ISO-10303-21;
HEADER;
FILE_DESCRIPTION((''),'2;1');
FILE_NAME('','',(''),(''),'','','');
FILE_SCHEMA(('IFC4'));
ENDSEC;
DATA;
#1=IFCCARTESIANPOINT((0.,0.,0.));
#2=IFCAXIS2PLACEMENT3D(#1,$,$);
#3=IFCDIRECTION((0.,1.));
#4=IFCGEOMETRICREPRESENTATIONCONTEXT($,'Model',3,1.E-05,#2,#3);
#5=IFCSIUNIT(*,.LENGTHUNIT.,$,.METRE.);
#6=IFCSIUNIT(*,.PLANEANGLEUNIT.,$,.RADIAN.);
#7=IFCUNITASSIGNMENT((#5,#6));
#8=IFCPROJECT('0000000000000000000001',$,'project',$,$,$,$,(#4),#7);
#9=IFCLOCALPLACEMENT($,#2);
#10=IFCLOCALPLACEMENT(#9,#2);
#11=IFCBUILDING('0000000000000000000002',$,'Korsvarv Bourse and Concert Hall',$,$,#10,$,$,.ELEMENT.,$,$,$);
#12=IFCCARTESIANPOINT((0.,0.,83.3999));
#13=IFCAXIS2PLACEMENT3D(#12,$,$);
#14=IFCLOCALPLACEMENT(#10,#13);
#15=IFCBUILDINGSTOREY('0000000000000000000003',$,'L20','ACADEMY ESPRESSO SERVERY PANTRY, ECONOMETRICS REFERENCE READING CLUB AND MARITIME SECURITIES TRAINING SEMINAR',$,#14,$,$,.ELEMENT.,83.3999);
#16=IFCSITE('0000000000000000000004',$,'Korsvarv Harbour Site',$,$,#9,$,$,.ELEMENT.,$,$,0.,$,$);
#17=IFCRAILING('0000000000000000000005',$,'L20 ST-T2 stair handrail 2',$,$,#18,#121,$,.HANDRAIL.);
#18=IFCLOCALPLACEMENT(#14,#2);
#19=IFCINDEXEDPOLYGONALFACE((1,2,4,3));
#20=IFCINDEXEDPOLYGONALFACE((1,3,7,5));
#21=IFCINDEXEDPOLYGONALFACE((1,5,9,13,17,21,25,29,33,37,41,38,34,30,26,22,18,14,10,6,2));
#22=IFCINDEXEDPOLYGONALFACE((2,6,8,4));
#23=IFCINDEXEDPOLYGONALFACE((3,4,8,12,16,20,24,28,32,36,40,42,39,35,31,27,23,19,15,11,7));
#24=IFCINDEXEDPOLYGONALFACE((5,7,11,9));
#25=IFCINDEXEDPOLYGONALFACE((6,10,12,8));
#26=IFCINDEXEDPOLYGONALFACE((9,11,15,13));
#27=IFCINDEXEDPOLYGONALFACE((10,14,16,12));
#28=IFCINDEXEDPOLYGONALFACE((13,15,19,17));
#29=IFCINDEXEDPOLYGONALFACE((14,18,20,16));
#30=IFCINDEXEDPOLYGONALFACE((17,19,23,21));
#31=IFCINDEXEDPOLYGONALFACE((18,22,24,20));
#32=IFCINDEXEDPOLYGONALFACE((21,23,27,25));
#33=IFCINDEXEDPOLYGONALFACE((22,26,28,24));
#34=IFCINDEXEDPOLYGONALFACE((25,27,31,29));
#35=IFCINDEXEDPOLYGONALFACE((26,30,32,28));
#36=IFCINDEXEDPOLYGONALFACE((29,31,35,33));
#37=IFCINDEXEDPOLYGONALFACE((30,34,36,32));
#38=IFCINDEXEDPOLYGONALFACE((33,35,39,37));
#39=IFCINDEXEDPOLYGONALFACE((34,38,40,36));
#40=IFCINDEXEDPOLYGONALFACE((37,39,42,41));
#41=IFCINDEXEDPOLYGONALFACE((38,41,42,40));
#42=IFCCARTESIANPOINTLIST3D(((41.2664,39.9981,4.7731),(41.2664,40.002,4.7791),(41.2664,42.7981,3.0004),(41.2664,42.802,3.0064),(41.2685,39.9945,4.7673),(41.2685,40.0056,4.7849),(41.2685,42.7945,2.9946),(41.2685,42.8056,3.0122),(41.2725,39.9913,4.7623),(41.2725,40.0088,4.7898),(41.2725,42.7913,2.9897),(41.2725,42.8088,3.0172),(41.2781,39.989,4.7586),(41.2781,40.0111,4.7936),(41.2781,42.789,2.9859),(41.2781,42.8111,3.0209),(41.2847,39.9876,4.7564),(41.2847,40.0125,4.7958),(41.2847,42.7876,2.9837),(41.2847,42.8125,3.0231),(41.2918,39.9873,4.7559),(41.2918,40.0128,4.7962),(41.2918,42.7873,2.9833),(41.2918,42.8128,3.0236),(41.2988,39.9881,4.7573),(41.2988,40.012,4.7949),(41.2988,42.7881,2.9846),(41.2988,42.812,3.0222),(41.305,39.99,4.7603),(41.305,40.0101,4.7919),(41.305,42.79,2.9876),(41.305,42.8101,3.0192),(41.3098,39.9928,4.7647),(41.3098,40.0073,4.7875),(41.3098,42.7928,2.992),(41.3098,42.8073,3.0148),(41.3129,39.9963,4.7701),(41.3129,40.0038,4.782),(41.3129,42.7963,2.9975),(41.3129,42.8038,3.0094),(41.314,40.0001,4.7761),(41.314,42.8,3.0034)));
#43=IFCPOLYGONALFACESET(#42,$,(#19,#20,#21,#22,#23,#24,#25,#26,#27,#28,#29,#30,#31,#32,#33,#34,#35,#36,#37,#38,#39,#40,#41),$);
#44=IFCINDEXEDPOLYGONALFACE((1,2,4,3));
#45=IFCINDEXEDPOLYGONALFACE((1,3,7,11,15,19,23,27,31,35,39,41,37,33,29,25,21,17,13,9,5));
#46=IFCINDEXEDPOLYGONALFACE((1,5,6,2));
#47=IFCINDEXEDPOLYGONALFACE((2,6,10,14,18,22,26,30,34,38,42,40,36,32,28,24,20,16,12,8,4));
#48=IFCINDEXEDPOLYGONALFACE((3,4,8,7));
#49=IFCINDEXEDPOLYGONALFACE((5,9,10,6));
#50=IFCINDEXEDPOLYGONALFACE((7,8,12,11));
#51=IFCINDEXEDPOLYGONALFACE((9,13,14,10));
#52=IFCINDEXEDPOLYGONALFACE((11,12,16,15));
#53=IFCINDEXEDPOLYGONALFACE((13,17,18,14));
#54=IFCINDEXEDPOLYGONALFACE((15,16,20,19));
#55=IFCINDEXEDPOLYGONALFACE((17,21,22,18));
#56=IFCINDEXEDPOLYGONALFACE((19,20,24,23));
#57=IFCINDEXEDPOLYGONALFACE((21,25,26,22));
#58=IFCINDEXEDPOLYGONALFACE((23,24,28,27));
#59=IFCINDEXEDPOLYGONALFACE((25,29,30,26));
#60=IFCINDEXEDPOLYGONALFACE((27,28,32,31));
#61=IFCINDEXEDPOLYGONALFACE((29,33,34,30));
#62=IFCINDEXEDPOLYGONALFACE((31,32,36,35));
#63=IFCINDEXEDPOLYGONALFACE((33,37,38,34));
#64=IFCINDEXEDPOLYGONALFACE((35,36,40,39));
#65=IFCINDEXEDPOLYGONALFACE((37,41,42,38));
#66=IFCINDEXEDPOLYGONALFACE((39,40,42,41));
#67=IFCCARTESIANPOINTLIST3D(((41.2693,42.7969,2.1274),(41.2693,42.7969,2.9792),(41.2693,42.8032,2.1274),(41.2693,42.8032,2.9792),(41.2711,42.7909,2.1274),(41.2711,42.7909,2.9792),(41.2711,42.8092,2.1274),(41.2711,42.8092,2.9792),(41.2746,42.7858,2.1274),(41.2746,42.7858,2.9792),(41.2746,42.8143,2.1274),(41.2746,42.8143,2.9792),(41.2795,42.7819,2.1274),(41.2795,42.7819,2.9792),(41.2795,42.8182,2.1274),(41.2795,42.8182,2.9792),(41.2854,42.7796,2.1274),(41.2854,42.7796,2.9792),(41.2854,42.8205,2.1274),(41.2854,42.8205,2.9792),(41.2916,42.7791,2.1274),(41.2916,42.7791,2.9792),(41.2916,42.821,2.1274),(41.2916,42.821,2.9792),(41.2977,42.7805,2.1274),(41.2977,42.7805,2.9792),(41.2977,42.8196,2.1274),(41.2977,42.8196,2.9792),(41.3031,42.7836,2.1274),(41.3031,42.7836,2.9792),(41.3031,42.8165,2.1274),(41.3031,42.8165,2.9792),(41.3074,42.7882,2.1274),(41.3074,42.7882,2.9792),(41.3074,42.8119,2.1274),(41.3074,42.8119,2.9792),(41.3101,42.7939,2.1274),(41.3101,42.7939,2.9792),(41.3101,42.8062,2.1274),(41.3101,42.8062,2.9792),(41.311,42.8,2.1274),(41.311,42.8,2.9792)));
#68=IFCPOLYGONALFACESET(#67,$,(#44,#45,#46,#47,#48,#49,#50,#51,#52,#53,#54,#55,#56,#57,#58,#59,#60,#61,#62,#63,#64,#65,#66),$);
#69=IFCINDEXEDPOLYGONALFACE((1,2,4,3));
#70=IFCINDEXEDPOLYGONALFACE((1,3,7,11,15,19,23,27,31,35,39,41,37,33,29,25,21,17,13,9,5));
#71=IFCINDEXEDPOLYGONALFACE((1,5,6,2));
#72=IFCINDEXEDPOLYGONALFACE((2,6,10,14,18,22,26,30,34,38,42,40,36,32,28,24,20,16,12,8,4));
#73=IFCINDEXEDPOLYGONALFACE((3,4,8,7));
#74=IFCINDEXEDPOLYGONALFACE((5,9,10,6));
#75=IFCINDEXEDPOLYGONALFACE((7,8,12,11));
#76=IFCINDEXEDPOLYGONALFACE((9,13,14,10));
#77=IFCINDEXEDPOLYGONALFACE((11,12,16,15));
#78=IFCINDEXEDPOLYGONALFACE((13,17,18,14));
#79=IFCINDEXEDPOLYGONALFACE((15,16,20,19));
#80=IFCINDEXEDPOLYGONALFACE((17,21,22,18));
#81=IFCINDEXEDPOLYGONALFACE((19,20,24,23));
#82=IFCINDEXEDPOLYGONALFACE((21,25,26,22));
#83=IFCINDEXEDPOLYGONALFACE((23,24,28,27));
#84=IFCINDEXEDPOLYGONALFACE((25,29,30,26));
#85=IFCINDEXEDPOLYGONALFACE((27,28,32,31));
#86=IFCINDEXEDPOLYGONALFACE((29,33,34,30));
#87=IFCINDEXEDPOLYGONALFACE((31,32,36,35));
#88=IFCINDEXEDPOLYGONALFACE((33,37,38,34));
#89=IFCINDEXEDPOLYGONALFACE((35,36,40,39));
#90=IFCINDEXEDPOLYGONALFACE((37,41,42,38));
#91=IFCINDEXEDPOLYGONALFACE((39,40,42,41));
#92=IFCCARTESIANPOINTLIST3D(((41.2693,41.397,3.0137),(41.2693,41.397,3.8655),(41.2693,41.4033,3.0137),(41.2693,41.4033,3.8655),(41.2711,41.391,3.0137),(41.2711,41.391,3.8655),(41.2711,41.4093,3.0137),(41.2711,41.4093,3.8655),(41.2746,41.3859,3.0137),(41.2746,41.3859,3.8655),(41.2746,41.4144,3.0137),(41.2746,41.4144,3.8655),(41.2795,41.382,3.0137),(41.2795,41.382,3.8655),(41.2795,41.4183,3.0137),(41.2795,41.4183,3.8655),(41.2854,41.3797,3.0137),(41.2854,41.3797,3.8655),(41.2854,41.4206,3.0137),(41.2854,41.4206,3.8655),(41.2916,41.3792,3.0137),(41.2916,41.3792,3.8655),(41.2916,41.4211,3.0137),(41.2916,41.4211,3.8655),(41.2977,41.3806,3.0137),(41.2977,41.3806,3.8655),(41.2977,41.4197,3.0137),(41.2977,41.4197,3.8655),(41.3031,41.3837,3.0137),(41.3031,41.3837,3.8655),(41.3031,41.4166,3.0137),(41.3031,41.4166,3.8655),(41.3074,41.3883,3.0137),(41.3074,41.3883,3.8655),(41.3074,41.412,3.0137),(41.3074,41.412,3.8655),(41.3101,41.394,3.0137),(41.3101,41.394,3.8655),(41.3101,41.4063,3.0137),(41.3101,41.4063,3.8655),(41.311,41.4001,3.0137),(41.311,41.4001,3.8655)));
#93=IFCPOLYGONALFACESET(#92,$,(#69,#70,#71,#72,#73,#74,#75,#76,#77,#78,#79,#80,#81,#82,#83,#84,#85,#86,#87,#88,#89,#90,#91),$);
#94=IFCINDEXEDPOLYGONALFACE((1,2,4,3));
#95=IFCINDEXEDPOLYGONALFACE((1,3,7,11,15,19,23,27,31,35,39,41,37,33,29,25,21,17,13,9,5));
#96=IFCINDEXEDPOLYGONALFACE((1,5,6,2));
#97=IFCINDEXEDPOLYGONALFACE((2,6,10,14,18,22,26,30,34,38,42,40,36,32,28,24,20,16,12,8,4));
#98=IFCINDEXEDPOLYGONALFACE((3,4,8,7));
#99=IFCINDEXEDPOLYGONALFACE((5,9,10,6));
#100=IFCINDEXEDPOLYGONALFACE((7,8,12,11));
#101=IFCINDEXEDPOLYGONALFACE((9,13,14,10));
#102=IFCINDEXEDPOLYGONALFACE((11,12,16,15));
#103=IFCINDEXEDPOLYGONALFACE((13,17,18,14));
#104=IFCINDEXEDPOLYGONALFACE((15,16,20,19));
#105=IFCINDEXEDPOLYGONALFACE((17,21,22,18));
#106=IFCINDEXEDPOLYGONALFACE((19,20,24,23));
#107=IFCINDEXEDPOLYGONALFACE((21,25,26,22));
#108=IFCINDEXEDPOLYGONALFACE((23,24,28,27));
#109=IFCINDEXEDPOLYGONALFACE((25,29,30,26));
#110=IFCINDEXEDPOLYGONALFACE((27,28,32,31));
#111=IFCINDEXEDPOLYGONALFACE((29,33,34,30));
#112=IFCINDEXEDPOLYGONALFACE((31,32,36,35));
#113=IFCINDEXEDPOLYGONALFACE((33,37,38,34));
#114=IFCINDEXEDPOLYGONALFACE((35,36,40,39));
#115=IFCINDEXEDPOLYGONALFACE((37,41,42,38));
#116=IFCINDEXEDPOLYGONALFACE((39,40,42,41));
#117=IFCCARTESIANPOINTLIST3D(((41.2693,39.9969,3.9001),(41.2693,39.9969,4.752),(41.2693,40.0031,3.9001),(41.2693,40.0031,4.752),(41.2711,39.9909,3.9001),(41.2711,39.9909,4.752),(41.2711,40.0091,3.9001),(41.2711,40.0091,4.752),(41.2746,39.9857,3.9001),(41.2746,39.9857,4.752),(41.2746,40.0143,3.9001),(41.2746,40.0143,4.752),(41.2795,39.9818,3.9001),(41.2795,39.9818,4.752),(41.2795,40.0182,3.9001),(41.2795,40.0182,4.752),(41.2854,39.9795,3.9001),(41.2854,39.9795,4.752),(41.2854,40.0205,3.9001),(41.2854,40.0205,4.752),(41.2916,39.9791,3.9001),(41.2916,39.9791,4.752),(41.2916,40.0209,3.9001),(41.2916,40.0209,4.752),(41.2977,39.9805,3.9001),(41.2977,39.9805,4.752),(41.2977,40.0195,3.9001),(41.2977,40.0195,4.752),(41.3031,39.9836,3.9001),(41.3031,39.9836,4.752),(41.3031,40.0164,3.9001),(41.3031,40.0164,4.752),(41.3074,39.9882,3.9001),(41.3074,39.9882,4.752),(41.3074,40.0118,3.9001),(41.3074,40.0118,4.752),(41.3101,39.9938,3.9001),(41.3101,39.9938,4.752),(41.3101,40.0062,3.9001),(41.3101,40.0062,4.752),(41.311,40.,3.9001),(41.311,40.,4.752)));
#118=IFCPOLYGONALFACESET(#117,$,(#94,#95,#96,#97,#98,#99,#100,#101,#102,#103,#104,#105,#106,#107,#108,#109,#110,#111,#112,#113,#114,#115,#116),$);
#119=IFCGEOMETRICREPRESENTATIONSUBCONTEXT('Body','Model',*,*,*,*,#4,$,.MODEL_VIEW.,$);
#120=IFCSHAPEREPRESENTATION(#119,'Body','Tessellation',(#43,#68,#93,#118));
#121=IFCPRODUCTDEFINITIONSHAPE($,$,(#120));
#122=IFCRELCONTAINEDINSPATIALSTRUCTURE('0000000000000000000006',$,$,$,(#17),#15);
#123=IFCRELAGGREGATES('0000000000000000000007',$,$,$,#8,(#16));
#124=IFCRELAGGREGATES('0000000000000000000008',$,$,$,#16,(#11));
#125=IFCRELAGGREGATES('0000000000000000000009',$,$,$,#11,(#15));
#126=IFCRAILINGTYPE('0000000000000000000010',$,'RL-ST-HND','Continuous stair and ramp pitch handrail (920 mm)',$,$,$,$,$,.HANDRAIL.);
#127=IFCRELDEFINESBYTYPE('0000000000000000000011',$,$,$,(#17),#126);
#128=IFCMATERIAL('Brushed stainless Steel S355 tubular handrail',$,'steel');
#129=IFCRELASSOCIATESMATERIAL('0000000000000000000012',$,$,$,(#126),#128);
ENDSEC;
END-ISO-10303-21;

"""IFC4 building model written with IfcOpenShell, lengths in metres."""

from ifc_helpers import new_model, si_unit, direction, frame, origin, origin_2d, place, context, subcontext, project, spatial, circle, extrude, material, type_object, element, save


model = new_model("IFC4")

# Units and contexts
model_context = context("Model", 3, precision=1e-05, world=origin(), true_north=direction((0.0, 1.0)))
body_context = subcontext(model_context, "Body", "Model", "MODEL_VIEW")
ifc_project = project(units=[si_unit("LENGTHUNIT", "METRE"), si_unit("PLANEANGLEUNIT", "RADIAN")], contexts=[model_context])

# Site, building, storey
site_placement = place(None, origin())
site = spatial("IfcSite", under=ifc_project, at=site_placement, Name="Korsvarv Harbour Site", CompositionType="ELEMENT", RefElevation=0.0)
building_placement = place(site_placement, origin())
building = spatial("IfcBuilding", under=site, at=building_placement, Name="Korsvarv Bourse and Concert Hall", CompositionType="ELEMENT")
storey_placement = place(building_placement, frame((0.0, 0.0, 83.3999)))
storey = spatial("IfcBuildingStorey", under=building, at=storey_placement, Name="L20", Description="ACADEMY ESPRESSO SERVERY PANTRY, ECONOMETRICS REFERENCE READING CLUB AND MARITIME SECURITIES TRAINING SEMINAR", CompositionType="ELEMENT", Elevation=83.3999)

# Railing
ifc_material_1 = material(Name="Brushed stainless Steel S355 tubular handrail", Category="steel")
railing_type_1 = type_object("IfcRailingType", Name="RL-ST-HND", Description="Continuous stair and ramp pitch handrail (920 mm)", PredefinedType="HANDRAIL", material=ifc_material_1)
railing_1_placement = place(storey_placement, frame((41.29, 42.8, 2.1274)))
element("IfcRailing", 1, at=railing_1_placement, inside=storey, type_object=railing_type_1, Name="L20 ST-T2 stair handrail 2", PredefinedType="HANDRAIL", context=body_context, shape_type="SweptSolid", body=[
    extrude(circle(Radius=0.0239, at=origin_2d()), frame((0.0, 0.0, 0.876), z_axis=(0.0, -0.844909, 0.53491), x_axis=(1.0, 0.0, 0.0)), (0.0, 0.0, 1.0), 3.314),
    extrude(circle(Radius=0.021, at=origin_2d()), origin(), (0.0, 0.0, 1.0), 0.8518),
    extrude(circle(Radius=0.021, at=origin_2d()), frame((0.0, -1.3999, 0.8862)), (0.0, 0.0, 1.0), 0.8518),
    extrude(circle(Radius=0.021, at=origin_2d()), frame((0.0, -2.8, 1.7727)), (0.0, 0.0, 1.0), 0.8518),
])

save(model, "model.ifc")
